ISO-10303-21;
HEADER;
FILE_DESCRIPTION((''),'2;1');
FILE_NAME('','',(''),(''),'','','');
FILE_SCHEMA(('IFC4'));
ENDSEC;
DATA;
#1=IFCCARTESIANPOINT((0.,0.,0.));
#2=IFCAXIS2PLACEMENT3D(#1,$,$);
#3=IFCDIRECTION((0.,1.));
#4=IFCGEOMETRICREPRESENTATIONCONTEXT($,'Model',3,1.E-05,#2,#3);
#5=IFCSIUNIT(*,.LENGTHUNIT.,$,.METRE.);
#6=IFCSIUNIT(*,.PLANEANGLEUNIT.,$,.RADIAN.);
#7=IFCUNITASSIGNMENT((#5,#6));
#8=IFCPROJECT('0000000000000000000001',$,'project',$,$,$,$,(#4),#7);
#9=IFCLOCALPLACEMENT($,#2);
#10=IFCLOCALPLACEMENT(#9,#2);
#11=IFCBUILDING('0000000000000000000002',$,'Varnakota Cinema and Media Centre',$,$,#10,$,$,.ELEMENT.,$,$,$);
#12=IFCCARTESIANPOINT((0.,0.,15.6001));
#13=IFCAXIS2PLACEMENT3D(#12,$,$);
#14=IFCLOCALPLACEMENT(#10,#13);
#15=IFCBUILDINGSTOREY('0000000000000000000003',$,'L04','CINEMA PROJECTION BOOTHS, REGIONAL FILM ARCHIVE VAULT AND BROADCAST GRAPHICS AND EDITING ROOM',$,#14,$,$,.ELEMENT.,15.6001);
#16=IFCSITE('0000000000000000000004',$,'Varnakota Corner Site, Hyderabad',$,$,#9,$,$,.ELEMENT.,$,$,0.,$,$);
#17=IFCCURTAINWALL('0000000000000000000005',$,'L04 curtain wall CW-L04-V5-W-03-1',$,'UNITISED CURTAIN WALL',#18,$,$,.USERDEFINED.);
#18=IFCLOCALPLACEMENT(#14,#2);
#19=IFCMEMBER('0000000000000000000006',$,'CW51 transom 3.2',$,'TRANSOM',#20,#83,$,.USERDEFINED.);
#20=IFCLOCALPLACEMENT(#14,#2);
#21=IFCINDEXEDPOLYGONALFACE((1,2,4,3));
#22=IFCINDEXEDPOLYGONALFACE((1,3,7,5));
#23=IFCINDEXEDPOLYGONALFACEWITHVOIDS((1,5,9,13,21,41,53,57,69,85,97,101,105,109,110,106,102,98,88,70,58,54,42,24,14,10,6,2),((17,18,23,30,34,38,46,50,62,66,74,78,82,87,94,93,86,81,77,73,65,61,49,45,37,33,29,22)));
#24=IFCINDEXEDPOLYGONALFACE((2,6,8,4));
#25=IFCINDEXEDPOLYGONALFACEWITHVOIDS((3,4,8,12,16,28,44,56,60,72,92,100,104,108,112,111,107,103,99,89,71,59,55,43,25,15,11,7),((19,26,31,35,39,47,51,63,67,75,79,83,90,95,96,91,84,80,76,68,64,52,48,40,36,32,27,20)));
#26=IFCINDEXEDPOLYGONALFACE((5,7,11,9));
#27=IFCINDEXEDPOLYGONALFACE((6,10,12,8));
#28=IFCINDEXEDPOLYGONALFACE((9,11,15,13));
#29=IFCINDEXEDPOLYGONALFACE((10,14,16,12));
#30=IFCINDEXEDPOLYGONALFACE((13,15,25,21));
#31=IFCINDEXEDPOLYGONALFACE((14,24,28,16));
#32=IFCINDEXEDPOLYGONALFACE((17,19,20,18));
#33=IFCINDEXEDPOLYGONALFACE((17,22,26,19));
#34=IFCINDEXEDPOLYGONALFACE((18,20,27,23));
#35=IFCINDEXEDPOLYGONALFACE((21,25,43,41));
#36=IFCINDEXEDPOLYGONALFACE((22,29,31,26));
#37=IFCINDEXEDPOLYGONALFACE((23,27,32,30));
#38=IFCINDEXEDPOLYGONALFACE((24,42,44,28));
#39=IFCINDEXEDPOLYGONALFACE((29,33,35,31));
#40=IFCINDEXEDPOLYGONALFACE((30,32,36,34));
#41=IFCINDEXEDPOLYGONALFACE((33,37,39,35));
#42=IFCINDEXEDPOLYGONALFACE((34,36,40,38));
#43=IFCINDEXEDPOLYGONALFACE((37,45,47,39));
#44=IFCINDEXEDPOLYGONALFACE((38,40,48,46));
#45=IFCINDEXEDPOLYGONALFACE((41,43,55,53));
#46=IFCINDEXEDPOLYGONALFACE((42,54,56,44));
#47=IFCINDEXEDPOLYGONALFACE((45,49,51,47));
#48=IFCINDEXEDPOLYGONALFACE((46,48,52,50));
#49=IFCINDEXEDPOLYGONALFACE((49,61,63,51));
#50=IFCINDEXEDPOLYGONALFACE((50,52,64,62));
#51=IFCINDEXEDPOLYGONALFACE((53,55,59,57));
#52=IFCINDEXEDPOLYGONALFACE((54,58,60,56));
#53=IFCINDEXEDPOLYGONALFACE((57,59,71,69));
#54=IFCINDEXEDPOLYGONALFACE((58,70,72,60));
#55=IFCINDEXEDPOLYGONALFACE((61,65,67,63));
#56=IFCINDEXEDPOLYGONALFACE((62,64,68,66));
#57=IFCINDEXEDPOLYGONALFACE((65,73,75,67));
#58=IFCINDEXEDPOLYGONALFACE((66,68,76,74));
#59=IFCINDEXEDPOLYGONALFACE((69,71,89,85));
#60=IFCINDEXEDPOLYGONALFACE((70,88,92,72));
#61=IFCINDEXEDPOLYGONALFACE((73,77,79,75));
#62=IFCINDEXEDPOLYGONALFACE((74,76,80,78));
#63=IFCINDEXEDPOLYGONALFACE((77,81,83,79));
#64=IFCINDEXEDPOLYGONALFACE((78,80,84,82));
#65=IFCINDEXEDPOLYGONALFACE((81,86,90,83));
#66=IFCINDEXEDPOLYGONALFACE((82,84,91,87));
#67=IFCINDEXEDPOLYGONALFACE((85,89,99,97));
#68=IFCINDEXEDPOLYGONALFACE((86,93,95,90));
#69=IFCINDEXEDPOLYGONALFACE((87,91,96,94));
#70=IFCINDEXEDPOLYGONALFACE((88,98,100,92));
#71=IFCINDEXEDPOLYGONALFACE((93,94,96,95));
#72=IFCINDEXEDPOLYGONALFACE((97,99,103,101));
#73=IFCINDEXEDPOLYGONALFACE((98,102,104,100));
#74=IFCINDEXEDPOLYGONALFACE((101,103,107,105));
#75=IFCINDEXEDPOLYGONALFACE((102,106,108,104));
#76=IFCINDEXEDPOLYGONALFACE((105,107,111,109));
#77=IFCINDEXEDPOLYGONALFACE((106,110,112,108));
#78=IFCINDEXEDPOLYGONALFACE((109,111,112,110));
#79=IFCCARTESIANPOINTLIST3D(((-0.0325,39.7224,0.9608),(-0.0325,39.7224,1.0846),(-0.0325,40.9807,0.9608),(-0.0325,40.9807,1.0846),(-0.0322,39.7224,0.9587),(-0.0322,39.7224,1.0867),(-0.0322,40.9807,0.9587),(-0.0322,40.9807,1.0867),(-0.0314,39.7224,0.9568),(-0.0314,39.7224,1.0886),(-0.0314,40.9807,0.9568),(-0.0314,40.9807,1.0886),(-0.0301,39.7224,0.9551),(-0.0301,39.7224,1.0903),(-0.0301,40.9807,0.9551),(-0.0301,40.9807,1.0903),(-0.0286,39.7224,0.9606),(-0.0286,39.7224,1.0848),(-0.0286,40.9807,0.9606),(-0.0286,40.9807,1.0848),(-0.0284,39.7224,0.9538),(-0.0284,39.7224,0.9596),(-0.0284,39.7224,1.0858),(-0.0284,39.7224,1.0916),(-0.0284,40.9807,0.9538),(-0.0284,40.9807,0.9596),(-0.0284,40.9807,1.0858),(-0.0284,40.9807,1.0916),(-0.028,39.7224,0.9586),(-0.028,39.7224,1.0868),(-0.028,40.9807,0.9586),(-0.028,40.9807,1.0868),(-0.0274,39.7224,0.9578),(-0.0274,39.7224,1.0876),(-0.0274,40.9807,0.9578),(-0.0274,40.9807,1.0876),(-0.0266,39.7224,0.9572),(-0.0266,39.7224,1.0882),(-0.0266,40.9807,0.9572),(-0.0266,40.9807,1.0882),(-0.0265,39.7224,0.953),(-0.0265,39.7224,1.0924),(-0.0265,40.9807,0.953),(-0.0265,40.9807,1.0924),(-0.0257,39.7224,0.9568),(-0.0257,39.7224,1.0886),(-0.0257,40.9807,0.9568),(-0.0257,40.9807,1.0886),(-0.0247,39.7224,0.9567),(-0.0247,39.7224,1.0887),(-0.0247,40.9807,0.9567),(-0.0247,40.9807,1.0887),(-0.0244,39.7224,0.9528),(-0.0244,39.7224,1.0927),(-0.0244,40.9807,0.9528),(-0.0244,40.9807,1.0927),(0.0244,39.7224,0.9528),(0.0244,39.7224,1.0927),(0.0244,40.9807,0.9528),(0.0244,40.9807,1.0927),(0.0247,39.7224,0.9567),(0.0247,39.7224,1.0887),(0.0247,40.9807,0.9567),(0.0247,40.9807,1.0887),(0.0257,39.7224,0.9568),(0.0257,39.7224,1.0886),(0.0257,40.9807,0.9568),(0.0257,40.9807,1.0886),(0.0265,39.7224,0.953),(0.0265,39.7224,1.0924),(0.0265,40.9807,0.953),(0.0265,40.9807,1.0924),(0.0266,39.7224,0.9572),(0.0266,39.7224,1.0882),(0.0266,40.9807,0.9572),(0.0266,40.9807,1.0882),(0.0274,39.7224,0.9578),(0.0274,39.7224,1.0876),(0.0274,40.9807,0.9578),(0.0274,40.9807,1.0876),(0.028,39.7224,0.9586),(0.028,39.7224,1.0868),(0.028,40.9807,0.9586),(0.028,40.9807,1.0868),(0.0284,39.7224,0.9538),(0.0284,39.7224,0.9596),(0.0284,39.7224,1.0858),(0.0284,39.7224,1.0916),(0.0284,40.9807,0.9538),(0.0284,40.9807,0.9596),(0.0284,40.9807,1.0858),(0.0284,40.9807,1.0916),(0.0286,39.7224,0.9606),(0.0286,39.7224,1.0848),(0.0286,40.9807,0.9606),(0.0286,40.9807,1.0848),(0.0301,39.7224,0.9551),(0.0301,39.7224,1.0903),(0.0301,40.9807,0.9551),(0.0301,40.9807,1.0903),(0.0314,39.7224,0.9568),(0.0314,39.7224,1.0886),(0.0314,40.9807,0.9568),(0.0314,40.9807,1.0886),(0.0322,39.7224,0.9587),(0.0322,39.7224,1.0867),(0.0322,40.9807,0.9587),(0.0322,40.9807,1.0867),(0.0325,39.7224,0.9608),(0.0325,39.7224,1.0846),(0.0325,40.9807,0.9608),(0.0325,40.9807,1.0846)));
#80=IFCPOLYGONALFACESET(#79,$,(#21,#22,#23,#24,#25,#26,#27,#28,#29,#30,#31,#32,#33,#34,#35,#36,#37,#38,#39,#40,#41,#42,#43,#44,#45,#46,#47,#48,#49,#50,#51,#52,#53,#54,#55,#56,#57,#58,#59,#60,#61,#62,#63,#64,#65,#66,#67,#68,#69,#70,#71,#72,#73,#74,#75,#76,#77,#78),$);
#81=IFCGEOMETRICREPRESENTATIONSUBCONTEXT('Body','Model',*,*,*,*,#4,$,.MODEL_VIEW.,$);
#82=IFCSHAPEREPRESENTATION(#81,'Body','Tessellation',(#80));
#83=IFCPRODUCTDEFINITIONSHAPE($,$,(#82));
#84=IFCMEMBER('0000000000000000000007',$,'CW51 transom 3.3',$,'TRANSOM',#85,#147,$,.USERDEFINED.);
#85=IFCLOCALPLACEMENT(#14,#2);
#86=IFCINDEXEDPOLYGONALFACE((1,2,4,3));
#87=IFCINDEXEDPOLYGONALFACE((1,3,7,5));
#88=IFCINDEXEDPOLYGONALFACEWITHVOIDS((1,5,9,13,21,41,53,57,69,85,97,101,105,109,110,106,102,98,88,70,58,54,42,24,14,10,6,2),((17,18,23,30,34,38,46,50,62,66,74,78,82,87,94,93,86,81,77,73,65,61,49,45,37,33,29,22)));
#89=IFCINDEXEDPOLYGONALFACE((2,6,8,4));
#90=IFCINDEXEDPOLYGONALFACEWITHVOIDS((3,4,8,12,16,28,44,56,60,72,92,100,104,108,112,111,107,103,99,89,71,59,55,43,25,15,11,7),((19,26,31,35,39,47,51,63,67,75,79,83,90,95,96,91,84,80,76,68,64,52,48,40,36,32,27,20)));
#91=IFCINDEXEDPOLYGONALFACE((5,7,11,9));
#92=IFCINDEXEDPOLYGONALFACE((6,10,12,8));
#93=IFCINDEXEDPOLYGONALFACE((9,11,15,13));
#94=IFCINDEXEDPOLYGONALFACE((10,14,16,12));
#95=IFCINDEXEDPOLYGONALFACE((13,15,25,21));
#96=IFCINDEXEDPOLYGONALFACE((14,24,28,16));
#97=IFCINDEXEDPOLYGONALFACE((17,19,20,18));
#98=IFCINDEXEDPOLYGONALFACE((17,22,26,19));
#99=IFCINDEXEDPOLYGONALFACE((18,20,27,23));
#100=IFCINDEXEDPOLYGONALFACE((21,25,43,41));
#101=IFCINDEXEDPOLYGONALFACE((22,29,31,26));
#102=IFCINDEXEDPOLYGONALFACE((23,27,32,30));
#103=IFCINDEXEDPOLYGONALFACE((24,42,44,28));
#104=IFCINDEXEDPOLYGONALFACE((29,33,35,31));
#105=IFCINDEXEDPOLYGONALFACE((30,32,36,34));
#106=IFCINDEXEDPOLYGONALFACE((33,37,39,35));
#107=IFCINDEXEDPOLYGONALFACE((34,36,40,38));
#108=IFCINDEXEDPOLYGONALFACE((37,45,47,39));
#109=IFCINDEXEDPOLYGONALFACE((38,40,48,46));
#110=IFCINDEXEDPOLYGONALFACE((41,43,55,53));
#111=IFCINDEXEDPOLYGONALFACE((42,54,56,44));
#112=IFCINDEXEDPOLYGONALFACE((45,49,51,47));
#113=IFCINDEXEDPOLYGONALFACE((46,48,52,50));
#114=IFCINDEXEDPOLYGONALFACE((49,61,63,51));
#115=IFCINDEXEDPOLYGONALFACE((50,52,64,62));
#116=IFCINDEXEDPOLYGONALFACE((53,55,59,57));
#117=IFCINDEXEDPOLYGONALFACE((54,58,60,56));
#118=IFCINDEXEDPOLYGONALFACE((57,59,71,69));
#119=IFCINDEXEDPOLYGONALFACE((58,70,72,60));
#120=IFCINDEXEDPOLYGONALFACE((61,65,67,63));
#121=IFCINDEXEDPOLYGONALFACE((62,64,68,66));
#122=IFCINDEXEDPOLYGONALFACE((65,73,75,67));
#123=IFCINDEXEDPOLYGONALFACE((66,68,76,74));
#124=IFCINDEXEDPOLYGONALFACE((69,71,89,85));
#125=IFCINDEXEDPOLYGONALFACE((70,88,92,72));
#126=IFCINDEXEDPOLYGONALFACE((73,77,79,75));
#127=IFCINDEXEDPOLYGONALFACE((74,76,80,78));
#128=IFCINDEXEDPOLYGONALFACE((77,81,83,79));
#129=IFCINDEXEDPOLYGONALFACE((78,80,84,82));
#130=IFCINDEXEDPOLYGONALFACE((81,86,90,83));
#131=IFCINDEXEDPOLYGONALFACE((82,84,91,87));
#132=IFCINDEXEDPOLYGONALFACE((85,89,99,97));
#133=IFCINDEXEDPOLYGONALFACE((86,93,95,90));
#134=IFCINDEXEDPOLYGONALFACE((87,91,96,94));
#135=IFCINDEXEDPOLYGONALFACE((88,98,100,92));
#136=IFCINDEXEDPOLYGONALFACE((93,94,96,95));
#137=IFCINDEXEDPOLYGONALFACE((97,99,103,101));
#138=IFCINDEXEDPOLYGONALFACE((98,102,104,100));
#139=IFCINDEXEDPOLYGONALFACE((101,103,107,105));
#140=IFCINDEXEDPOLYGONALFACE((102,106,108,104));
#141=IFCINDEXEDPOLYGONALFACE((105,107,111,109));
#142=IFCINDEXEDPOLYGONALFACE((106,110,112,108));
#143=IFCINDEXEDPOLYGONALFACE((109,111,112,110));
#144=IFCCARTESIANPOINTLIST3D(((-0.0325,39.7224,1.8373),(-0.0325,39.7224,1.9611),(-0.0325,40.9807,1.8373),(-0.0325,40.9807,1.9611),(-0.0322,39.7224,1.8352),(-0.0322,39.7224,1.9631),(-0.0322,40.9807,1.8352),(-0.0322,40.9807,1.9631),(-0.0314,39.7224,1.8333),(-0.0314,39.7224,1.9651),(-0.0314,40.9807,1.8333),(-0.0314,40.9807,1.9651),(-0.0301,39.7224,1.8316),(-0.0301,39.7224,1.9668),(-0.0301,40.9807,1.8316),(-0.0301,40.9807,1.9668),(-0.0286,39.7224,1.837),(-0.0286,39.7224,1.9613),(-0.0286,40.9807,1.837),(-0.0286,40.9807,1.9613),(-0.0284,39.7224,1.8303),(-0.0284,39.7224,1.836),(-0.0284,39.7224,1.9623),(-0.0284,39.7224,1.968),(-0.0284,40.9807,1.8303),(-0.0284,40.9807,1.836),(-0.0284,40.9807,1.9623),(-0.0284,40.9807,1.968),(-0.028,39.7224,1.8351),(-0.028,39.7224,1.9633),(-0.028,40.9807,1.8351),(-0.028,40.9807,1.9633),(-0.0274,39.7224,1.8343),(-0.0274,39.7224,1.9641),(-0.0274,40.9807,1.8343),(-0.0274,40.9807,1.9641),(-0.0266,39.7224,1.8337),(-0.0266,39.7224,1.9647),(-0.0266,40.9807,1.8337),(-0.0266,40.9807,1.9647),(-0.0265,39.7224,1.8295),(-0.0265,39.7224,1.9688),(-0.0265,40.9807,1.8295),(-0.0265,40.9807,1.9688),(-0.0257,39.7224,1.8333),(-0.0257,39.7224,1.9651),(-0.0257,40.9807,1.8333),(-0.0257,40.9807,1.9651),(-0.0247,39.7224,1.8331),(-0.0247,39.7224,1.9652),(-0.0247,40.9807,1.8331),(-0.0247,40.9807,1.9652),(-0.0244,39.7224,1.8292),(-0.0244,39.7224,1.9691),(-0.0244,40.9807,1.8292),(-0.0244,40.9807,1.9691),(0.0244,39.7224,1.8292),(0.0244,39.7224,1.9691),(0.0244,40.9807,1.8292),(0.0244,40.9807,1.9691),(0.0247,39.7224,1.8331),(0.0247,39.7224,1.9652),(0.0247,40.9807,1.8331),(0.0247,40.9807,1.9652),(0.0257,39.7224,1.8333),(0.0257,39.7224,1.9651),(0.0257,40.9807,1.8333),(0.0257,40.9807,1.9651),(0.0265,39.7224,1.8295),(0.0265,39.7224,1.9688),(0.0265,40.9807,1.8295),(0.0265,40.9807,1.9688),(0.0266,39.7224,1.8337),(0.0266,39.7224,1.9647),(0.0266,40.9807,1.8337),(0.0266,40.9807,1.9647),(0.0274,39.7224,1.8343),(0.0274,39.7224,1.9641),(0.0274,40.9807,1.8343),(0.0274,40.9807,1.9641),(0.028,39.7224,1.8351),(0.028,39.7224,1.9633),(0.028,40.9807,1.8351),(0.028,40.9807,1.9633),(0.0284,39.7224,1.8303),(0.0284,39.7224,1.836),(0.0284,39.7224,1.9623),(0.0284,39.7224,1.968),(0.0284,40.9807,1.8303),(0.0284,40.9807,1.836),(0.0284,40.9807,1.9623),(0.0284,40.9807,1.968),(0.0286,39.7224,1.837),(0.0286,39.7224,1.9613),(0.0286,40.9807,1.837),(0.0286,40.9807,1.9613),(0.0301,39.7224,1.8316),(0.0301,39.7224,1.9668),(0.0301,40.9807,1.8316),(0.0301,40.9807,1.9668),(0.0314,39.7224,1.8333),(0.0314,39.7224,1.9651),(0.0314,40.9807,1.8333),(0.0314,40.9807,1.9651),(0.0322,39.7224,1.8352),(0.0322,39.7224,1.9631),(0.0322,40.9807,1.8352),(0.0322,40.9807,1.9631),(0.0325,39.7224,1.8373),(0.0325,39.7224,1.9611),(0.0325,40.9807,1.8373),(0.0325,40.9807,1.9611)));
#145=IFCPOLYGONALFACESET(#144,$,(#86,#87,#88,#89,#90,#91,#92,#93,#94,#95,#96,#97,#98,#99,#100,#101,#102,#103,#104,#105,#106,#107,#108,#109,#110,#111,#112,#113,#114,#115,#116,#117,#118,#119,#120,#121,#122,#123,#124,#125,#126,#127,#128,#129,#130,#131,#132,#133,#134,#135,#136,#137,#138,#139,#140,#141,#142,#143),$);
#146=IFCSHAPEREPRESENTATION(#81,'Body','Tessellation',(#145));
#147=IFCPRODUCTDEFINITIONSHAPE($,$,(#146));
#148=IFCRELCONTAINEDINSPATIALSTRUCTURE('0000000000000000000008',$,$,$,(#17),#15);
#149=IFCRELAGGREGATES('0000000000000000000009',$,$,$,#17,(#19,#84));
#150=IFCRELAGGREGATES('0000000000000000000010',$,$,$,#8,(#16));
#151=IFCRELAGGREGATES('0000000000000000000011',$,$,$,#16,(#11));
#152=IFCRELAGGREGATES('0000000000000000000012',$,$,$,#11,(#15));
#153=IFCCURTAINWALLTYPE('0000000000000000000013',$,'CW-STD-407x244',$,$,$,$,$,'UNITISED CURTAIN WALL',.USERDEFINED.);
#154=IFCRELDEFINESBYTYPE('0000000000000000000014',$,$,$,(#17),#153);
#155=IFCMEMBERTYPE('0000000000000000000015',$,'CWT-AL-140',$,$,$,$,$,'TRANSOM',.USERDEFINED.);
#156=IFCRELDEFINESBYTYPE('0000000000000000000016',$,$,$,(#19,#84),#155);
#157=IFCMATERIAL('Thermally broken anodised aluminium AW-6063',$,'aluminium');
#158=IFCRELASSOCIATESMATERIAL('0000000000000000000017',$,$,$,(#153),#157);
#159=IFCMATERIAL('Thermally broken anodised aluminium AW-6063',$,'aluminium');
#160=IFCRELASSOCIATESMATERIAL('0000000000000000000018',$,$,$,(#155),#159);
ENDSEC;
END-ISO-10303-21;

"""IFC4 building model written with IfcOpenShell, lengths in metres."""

from ifc_helpers import new_model, si_unit, direction, frame, origin, origin_2d, place, context, subcontext, project, spatial, hollow_rectangle, extrude, material, material_profile, profile_set, type_object, element, aggregate, save


model = new_model("IFC4")

# Units and contexts
model_context = context("Model", 3, precision=1e-05, world=origin(), true_north=direction((0.0, 1.0)))
body_context = subcontext(model_context, "Body", "Model", "MODEL_VIEW")
ifc_project = project(units=[si_unit("LENGTHUNIT", "METRE"), si_unit("PLANEANGLEUNIT", "RADIAN")], contexts=[model_context])

# Site, building, storey
site_placement = place(None, origin())
site = spatial("IfcSite", under=ifc_project, at=site_placement, Name="Varnakota Corner Site, Hyderabad", CompositionType="ELEMENT", RefElevation=0.0)
building_placement = place(site_placement, origin())
building = spatial("IfcBuilding", under=site, at=building_placement, Name="Varnakota Cinema and Media Centre", CompositionType="ELEMENT")
storey_placement = place(building_placement, frame((0.0, 0.0, 15.6001)))
storey = spatial("IfcBuildingStorey", under=building, at=storey_placement, Name="L04", Description="CINEMA PROJECTION BOOTHS, REGIONAL FILM ARCHIVE VAULT AND BROADCAST GRAPHICS AND EDITING ROOM", CompositionType="ELEMENT", Elevation=15.6001)

# Curtain wall
ifc_material_1 = material(Name="Thermally broken anodised aluminium AW-6063", Category="aluminium")
curtain_wall_type_1 = type_object("IfcCurtainWallType", Name="CW-STD-407x244", ElementType="UNITISED CURTAIN WALL", PredefinedType="USERDEFINED", material=ifc_material_1)
curtain_wall_1_placement = place(storey_placement, origin())
curtain_wall_1 = element("IfcCurtainWall", 1, at=curtain_wall_1_placement, inside=storey, type_object=curtain_wall_type_1, Name="L04 curtain wall CW-L04-V5-W-03-1", ObjectType="UNITISED CURTAIN WALL", PredefinedType="USERDEFINED")

# Members
ifc_material_2 = material(Name="Thermally broken anodised aluminium AW-6063", Category="aluminium")
ifc_material_profile_1 = material_profile(ifc_material_2, hollow_rectangle(XDim=0.0649, YDim=0.1399, WallThickness=0.0039, InnerFilletRadius=0.0039, OuterFilletRadius=0.0081, at=origin_2d()), Name="AL-TRANSOM 140x65x4")
ifc_profile_set_1 = profile_set([ifc_material_profile_1], Name="Thermally broken anodised aluminium AW-6063")
member_type_1 = type_object("IfcMemberType", Name="CWT-AL-140", ElementType="TRANSOM", PredefinedType="USERDEFINED", material=ifc_profile_set_1)
member_1_placement = place(storey_placement, frame((0.0, 40.9807, 1.0227), z_axis=(0.0, -1.0, 0.0), x_axis=(1.0, 0.0, 0.0)))
member_1 = element("IfcMember", 2, at=member_1_placement, type_object=member_type_1, Name="CW51 transom 3.2", ObjectType="TRANSOM", PredefinedType="USERDEFINED", context=body_context, shape_type="SweptSolid", body=[
    extrude(hollow_rectangle(XDim=0.0649, YDim=0.1399, WallThickness=0.0039, InnerFilletRadius=0.0039, OuterFilletRadius=0.0081, at=origin_2d()), origin(), (0.0, 0.0, 1.0), 1.2583),
])
member_2_placement = place(storey_placement, frame((0.0, 40.9807, 1.8992), z_axis=(0.0, -1.0, 0.0), x_axis=(1.0, 0.0, 0.0)))
member_2 = element("IfcMember", 3, at=member_2_placement, type_object=member_type_1, Name="CW51 transom 3.3", ObjectType="TRANSOM", PredefinedType="USERDEFINED", context=body_context, shape_type="SweptSolid", body=[
    extrude(hollow_rectangle(XDim=0.0649, YDim=0.1399, WallThickness=0.0039, InnerFilletRadius=0.0039, OuterFilletRadius=0.0081, at=origin_2d()), origin(), (0.0, 0.0, 1.0), 1.2583),
])

aggregate(curtain_wall_1, [member_1, member_2])

save(model, "model.ifc")
